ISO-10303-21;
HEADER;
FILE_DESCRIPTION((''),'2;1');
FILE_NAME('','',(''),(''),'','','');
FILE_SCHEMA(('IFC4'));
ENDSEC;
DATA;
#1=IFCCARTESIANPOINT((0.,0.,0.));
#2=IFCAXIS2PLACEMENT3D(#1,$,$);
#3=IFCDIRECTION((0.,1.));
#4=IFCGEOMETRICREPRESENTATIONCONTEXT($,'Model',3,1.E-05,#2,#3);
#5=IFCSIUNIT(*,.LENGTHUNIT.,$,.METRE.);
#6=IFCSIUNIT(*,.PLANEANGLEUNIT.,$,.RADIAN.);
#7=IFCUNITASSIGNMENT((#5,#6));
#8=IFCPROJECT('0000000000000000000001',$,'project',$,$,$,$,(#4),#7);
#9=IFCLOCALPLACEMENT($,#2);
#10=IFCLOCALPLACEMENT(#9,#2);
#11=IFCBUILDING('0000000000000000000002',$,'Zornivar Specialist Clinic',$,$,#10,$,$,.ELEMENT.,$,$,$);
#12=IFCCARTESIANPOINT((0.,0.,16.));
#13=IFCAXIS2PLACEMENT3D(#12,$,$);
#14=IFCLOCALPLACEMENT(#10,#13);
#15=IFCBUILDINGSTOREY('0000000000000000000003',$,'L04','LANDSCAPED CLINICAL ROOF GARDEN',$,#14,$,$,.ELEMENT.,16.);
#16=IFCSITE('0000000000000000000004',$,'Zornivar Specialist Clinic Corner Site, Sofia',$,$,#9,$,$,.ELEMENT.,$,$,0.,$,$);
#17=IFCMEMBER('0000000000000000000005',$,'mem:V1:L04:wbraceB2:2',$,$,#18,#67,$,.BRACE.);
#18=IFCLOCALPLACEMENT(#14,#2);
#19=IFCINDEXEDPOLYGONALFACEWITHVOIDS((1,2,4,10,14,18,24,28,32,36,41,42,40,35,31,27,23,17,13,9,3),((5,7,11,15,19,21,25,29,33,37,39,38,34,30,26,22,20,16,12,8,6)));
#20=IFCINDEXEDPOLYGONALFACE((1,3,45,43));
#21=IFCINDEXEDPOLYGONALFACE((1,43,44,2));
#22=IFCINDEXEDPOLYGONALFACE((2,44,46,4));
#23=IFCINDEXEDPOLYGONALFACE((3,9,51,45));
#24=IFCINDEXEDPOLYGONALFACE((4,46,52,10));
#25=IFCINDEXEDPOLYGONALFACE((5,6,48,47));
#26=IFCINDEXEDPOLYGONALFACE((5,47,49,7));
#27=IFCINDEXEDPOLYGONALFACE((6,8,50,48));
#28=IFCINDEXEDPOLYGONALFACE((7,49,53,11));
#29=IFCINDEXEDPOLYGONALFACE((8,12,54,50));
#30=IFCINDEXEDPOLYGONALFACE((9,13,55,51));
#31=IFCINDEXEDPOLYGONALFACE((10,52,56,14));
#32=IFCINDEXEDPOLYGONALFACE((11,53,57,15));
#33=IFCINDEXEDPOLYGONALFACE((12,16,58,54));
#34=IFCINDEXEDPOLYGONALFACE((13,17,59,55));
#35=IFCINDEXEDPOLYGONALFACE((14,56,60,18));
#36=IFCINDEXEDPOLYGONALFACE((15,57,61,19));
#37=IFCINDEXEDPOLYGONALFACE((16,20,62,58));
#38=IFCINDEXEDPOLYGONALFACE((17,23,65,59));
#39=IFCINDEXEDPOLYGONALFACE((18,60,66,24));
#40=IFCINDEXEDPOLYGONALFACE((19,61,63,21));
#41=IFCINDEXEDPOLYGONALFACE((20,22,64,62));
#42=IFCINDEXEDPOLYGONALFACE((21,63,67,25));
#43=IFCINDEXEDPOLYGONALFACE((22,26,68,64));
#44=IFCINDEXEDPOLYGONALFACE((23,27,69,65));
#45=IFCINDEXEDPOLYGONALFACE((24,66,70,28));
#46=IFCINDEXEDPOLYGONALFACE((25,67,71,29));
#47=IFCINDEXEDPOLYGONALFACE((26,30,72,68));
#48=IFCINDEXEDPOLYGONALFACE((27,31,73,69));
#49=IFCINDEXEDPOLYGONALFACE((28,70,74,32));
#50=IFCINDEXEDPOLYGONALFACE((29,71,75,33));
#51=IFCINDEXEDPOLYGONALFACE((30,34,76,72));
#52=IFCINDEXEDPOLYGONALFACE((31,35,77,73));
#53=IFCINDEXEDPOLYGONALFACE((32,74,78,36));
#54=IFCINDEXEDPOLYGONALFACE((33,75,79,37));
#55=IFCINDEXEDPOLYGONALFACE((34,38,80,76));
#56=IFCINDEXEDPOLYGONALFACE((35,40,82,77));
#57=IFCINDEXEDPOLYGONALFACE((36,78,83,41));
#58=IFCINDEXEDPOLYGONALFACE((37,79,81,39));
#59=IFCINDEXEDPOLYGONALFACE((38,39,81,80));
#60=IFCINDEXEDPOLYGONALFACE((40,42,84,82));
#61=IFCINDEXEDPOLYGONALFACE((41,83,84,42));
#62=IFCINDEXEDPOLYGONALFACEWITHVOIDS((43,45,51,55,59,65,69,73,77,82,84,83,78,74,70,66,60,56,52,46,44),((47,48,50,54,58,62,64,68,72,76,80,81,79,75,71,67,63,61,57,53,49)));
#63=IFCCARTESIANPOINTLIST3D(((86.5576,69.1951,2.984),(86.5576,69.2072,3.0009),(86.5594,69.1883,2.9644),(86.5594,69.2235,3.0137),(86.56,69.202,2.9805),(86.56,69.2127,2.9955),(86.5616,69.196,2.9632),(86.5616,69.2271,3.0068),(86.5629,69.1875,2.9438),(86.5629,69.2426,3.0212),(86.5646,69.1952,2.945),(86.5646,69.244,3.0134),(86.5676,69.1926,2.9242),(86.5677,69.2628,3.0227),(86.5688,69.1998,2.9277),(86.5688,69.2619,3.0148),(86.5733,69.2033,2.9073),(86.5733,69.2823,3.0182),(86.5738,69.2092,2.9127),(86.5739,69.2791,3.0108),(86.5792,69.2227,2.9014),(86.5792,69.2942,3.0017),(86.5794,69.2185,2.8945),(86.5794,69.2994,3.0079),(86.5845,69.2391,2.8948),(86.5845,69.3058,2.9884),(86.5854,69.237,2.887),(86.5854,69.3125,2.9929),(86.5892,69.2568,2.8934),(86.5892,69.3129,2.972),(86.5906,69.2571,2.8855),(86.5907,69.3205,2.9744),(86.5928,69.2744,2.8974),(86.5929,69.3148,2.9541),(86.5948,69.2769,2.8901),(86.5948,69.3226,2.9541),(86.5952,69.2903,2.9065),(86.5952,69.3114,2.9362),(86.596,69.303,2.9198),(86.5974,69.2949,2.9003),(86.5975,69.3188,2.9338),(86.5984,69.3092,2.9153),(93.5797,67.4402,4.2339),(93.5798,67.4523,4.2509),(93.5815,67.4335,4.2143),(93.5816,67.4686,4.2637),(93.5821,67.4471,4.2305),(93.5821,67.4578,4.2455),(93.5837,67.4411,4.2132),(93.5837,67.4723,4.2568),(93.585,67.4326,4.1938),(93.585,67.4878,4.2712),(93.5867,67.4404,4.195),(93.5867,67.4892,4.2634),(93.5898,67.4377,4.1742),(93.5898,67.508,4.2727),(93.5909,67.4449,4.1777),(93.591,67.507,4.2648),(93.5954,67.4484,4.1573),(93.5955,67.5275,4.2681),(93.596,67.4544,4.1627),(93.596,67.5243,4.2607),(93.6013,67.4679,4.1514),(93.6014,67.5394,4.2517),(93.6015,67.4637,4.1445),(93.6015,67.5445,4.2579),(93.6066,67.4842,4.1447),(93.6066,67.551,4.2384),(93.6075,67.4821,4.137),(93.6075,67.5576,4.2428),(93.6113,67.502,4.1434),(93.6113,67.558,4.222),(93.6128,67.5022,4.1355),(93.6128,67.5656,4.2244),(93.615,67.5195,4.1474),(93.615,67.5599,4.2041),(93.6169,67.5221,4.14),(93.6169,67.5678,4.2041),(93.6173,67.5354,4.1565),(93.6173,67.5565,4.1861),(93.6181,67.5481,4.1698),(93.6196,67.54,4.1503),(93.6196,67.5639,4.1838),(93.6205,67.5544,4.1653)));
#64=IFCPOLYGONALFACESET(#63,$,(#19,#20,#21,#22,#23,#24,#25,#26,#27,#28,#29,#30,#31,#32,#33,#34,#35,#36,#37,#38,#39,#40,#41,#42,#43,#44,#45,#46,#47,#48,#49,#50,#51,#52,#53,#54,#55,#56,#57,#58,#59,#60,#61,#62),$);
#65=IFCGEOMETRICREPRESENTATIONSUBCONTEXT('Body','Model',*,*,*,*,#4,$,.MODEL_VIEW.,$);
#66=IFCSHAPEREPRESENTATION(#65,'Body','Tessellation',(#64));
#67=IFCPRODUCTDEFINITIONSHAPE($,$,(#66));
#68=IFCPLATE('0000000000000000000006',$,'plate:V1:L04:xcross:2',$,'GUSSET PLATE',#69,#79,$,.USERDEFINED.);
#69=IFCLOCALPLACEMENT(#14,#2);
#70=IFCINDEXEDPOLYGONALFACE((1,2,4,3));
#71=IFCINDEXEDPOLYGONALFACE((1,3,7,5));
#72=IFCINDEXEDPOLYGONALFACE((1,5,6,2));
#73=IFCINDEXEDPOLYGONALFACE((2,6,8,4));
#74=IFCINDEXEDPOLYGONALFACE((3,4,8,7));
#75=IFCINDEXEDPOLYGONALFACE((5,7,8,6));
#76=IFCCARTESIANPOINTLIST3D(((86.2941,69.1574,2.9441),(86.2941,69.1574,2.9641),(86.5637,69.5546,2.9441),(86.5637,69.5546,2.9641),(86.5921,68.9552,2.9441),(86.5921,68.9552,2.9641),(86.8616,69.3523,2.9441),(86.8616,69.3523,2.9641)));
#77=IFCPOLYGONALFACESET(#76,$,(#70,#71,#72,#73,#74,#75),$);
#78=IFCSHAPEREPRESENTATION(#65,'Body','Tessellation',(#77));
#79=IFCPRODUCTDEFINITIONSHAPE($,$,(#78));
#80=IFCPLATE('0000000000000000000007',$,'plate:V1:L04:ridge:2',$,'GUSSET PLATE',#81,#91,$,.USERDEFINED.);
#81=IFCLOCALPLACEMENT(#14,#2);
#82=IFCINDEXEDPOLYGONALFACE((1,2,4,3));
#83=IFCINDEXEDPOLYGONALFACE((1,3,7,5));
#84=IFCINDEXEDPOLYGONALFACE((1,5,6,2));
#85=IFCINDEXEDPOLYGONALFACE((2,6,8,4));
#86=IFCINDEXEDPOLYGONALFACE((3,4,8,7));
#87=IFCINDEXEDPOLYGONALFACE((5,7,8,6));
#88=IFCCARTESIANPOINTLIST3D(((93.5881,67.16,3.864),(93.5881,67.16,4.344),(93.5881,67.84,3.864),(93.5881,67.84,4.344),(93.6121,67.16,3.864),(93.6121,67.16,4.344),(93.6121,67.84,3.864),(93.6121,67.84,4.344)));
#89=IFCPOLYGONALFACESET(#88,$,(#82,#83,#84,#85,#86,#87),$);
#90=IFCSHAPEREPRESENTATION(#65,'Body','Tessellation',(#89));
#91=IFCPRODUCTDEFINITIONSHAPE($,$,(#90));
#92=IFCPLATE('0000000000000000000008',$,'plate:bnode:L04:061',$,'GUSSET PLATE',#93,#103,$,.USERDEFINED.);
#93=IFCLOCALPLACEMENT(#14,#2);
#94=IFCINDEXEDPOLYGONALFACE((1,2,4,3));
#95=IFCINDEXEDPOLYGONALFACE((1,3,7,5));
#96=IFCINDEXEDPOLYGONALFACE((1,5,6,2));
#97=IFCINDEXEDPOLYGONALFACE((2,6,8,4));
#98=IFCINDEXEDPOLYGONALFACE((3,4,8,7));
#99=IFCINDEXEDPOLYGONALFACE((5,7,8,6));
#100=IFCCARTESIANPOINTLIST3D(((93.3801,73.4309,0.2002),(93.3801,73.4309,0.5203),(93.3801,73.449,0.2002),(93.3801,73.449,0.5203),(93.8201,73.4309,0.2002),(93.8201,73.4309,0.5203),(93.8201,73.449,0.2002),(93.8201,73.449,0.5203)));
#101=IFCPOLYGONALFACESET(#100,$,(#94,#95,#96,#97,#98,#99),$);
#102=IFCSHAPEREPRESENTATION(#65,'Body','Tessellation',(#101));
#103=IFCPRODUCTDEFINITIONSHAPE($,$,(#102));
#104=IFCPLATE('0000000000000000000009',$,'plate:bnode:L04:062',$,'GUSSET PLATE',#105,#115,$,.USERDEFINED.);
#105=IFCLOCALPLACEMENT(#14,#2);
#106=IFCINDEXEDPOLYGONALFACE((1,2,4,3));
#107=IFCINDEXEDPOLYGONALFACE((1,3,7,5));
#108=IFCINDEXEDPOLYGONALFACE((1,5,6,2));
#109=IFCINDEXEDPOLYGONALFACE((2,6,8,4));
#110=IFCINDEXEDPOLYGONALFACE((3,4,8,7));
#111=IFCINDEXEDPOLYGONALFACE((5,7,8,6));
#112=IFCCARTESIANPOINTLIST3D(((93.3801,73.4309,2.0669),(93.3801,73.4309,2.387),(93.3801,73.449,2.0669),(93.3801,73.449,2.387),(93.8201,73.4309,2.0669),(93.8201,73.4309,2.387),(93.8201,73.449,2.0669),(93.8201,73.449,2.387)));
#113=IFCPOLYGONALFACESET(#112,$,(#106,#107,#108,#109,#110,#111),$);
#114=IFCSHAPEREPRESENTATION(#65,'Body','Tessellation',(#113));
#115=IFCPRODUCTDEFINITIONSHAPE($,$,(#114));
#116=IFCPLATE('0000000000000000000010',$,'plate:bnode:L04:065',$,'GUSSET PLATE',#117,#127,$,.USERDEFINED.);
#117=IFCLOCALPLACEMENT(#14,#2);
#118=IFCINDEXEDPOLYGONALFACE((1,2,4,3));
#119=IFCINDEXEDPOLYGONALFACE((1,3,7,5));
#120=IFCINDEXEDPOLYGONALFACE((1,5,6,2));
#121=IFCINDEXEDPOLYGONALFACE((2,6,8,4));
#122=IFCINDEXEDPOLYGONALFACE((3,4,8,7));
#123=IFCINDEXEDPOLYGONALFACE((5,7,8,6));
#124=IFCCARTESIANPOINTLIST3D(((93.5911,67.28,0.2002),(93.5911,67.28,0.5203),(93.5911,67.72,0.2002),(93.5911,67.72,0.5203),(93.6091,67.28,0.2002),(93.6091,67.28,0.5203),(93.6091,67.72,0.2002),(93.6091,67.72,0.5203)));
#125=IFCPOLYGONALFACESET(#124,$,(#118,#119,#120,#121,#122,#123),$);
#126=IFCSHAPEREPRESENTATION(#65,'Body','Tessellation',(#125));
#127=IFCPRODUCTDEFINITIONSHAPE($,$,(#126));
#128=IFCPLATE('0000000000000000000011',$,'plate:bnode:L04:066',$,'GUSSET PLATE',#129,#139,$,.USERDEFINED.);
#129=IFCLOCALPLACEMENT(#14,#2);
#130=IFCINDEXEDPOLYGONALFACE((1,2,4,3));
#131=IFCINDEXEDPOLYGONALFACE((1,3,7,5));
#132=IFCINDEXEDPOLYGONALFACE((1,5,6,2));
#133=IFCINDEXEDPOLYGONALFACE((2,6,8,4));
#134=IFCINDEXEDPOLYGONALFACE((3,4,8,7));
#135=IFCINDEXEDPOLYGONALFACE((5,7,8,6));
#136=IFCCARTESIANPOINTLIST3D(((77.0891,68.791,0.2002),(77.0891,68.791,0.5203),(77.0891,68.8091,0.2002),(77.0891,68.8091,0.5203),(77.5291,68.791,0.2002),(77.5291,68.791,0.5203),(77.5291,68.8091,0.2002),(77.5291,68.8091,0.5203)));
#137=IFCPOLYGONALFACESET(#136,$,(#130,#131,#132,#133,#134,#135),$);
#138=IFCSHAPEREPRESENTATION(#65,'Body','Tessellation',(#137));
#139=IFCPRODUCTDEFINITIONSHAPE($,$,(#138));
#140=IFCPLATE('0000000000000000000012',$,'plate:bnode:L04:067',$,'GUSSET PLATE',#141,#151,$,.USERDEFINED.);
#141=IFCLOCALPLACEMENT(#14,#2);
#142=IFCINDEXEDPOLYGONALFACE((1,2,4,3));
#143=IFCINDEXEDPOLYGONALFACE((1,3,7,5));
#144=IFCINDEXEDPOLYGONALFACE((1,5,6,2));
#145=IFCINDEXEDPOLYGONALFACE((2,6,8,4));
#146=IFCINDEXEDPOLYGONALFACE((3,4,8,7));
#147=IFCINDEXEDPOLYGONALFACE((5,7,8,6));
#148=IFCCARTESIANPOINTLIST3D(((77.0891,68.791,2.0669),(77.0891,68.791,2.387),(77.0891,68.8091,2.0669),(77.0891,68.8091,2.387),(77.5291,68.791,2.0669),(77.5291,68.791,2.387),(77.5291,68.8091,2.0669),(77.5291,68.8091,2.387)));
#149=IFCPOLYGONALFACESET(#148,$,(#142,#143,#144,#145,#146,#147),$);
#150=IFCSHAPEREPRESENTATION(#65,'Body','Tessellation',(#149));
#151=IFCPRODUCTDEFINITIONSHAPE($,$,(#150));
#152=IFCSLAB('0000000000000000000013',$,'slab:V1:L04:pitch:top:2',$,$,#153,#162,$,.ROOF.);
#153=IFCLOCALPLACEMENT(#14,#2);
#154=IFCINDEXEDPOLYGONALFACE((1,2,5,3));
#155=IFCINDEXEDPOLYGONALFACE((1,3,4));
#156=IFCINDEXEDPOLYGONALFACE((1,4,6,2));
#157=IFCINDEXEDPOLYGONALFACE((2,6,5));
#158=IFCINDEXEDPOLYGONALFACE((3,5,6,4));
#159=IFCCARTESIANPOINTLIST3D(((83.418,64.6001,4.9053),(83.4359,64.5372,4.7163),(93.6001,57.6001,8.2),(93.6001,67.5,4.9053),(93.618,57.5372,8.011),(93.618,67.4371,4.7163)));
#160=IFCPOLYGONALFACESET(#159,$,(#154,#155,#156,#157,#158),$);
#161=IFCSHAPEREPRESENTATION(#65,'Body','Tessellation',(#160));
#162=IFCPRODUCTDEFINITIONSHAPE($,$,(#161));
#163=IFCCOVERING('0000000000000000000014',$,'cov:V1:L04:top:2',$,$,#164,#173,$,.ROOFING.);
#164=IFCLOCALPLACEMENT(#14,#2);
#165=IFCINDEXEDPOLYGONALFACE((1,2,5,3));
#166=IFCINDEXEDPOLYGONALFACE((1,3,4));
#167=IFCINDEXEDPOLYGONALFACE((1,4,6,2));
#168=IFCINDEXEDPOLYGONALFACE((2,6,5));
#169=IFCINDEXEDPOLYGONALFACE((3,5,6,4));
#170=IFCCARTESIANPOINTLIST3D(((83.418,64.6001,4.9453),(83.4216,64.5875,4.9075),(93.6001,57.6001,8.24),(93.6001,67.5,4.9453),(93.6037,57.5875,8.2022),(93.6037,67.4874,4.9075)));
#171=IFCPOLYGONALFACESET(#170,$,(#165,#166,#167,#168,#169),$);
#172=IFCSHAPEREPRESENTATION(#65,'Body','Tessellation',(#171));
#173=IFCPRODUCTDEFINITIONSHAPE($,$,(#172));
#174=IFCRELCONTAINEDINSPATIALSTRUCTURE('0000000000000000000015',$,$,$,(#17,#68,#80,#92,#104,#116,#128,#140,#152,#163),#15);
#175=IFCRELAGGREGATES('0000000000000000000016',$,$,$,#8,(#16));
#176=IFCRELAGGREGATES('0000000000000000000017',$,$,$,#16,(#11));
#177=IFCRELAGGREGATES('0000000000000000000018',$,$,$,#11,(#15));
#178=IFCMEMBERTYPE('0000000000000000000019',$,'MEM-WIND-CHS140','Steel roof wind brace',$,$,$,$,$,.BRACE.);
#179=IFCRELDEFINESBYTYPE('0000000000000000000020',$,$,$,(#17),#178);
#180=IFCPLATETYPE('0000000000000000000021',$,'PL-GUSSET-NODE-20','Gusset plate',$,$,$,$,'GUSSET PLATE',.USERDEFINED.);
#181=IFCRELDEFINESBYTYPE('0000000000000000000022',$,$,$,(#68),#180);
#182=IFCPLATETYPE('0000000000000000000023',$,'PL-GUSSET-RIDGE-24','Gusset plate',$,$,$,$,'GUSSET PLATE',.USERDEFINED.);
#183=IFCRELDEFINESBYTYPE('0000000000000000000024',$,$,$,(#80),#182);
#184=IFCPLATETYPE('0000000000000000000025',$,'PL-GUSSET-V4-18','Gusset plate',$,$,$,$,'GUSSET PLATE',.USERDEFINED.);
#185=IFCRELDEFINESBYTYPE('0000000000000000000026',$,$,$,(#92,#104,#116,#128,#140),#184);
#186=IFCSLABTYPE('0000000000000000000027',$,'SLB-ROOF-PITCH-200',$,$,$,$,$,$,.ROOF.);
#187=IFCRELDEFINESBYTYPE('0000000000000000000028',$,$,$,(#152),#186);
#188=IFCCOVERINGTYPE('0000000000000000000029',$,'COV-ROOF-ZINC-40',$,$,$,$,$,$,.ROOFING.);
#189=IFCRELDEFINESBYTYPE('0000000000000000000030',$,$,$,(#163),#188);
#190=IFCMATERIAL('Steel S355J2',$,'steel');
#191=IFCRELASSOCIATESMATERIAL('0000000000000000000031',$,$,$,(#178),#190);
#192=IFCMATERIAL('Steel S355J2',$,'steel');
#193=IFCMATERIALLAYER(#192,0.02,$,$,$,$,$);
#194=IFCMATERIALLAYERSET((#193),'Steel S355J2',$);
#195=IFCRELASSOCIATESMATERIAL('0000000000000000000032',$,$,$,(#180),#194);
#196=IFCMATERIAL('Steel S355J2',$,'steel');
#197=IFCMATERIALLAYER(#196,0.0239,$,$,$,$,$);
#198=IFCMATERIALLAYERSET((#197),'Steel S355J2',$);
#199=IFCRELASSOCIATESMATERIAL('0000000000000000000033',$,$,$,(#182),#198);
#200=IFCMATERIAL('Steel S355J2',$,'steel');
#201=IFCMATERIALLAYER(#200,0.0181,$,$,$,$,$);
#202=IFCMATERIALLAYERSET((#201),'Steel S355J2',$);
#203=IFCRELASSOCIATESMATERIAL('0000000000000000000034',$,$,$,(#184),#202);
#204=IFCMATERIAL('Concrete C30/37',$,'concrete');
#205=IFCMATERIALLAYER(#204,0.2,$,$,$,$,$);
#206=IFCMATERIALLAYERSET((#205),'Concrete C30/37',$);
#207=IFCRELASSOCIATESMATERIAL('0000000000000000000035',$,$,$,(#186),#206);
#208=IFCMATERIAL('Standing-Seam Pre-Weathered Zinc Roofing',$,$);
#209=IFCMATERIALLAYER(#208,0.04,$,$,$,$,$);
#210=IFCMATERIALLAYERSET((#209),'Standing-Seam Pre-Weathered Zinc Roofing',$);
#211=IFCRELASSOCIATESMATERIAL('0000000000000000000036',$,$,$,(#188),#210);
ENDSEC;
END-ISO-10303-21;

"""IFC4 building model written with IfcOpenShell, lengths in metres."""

from ifc_helpers import new_model, si_unit, direction, frame, origin, origin_2d, place, context, subcontext, project, spatial, polyline, rectangle, hollow_circle, outline, extrude, material, layer, layer_set, material_profile, profile_set, type_object, element, save


model = new_model("IFC4")

# Units and contexts
model_context = context("Model", 3, precision=1e-05, world=origin(), true_north=direction((0.0, 1.0)))
body_context = subcontext(model_context, "Body", "Model", "MODEL_VIEW")
ifc_project = project(units=[si_unit("LENGTHUNIT", "METRE"), si_unit("PLANEANGLEUNIT", "RADIAN")], contexts=[model_context])

# Site, building, storey
site_placement = place(None, origin())
site = spatial("IfcSite", under=ifc_project, at=site_placement, Name="Zornivar Specialist Clinic Corner Site, Sofia", CompositionType="ELEMENT", RefElevation=0.0)
building_placement = place(site_placement, origin())
building = spatial("IfcBuilding", under=site, at=building_placement, Name="Zornivar Specialist Clinic", CompositionType="ELEMENT")
storey_placement = place(building_placement, frame((0.0, 0.0, 16.0)))
storey = spatial("IfcBuildingStorey", under=building, at=storey_placement, Name="L04", Description="LANDSCAPED CLINICAL ROOF GARDEN", CompositionType="ELEMENT", Elevation=16.0)

# Member
ifc_material_1 = material(Name="Steel S355J2", Category="steel")
ifc_material_profile_1 = material_profile(ifc_material_1, hollow_circle(Radius=0.0698, WallThickness=0.0081, at=origin_2d()), Name="CHS 139.7x8")
ifc_profile_set_1 = profile_set([ifc_material_profile_1], Name="Steel S355J2")
member_type_1 = type_object("IfcMemberType", Name="MEM-WIND-CHS140", Description="Steel roof wind brace", PredefinedType="BRACE", material=ifc_profile_set_1)
member_1_placement = place(storey_placement, frame((86.5779, 69.2549, 2.9541), z_axis=(0.956013, -0.238912, 0.170177), x_axis=(0.242448, 0.970164, 0.0)))
element("IfcMember", 1, at=member_1_placement, inside=storey, type_object=member_type_1, Name="mem:V1:L04:wbraceB2:2", PredefinedType="BRACE", context=body_context, shape_type="SweptSolid", body=[
    extrude(hollow_circle(Radius=0.0698, WallThickness=0.0081, at=origin_2d()), origin(), (0.0, 0.0, 1.0), 7.3452),
])

# Plates
ifc_material_2 = material(Name="Steel S355J2", Category="steel")
ifc_layer_1 = layer(ifc_material_2, 0.02)
ifc_layer_set_1 = layer_set([ifc_layer_1], Name="Steel S355J2")
plate_type_1 = type_object("IfcPlateType", Name="PL-GUSSET-NODE-20", Description="Gusset plate", ElementType="GUSSET PLATE", PredefinedType="USERDEFINED", material=ifc_layer_set_1)
plate_1_placement = place(storey_placement, frame((86.5779, 69.2549, 2.9441), z_axis=(0.0, 0.0, 1.0), x_axis=(0.56165, 0.827375, 0.0)))
element("IfcPlate", 2, at=plate_1_placement, inside=storey, type_object=plate_type_1, Name="plate:V1:L04:xcross:2", ObjectType="GUSSET PLATE", PredefinedType="USERDEFINED", context=body_context, shape_type="SweptSolid", body=[
    extrude(rectangle(XDim=0.48, YDim=0.3601, at=origin_2d()), origin(), (0.0, 0.0, 1.0), 0.02),
])
ifc_material_3 = material(Name="Steel S355J2", Category="steel")
ifc_layer_2 = layer(ifc_material_3, 0.0239)
ifc_layer_set_2 = layer_set([ifc_layer_2], Name="Steel S355J2")
plate_type_2 = type_object("IfcPlateType", Name="PL-GUSSET-RIDGE-24", Description="Gusset plate", ElementType="GUSSET PLATE", PredefinedType="USERDEFINED", material=ifc_layer_set_2)
plate_2_placement = place(storey_placement, frame((93.6001, 67.5, 3.864), z_axis=(0.0, 0.0, 1.0), x_axis=(0.0, 1.0, 0.0)))
element("IfcPlate", 3, at=plate_2_placement, inside=storey, type_object=plate_type_2, Name="plate:V1:L04:ridge:2", ObjectType="GUSSET PLATE", PredefinedType="USERDEFINED", context=body_context, shape_type="SweptSolid", body=[
    extrude(rectangle(XDim=0.6799, YDim=0.0239, at=origin_2d()), origin(), (0.0, 0.0, 1.0), 0.48),
])
ifc_material_4 = material(Name="Steel S355J2", Category="steel")
ifc_layer_3 = layer(ifc_material_4, 0.0181)
ifc_layer_set_3 = layer_set([ifc_layer_3], Name="Steel S355J2")
plate_type_3 = type_object("IfcPlateType", Name="PL-GUSSET-V4-18", Description="Gusset plate", ElementType="GUSSET PLATE", PredefinedType="USERDEFINED", material=ifc_layer_set_3)
for number, where, z_axis, x_axis, name in (
    (4, (93.6001, 73.4399, 0.2002), (0.0, 0.0, 1.0), (1.0, 0.0, 0.0), "plate:bnode:L04:061"),
    (5, (93.6001, 73.4399, 2.0669), (0.0, 0.0, 1.0), (1.0, 0.0, 0.0), "plate:bnode:L04:062"),
    (6, (93.6001, 67.5, 0.2002), (0.0, 0.0, 1.0), (0.0, 1.0, 0.0), "plate:bnode:L04:065"),
    (7, (77.3091, 68.8, 0.2002), (0.0, 0.0, 1.0), (1.0, 0.0, 0.0), "plate:bnode:L04:066"),
    (8, (77.3091, 68.8, 2.0669), (0.0, 0.0, 1.0), (1.0, 0.0, 0.0), "plate:bnode:L04:067"),
):
    element("IfcPlate", number, at=place(storey_placement, frame(where, z_axis=z_axis, x_axis=x_axis)), inside=storey, type_object=plate_type_3, Name=name, ObjectType="GUSSET PLATE", PredefinedType="USERDEFINED", context=body_context, shape_type="SweptSolid", body=[
        extrude(rectangle(XDim=0.4399, YDim=0.0181, at=origin_2d()), origin(), (0.0, 0.0, 1.0), 0.3201),
    ])

# Slab
ifc_material_5 = material(Name="Concrete C30/37", Category="concrete")
ifc_layer_4 = layer(ifc_material_5, 0.2)
ifc_layer_set_4 = layer_set([ifc_layer_4], Name="Concrete C30/37")
slab_type = type_object("IfcSlabType", Name="SLB-ROOF-PITCH-200", PredefinedType="ROOF", material=ifc_layer_set_4)
slab_placement = place(storey_placement, frame((93.6001, 67.5, 4.9053), z_axis=(-0.089571, 0.314502, 0.945021), x_axis=(-0.961755, -0.273911, 0.0)))
element("IfcSlab", 9, at=slab_placement, inside=storey, type_object=slab_type, Name="slab:V1:L04:pitch:top:2", PredefinedType="ROOF", context=body_context, shape_type="SweptSolid", body=[
    extrude(outline(polyline([(0.0, 0.0), (10.587, 0.0), (2.7117, 10.0752), (0.0, 0.0)])), origin(), (0.0, 0.0, -1.0), 0.2),
])

# Covering
ifc_material_6 = material(Name="Standing-Seam Pre-Weathered Zinc Roofing")
ifc_layer_5 = layer(ifc_material_6, 0.04)
ifc_layer_set_5 = layer_set([ifc_layer_5], Name="Standing-Seam Pre-Weathered Zinc Roofing")
covering_type = type_object("IfcCoveringType", Name="COV-ROOF-ZINC-40", PredefinedType="ROOFING", material=ifc_layer_set_5)
covering_placement = place(storey_placement, frame((93.6001, 67.5, 4.9453), z_axis=(-0.089571, 0.314502, 0.945021), x_axis=(-0.961755, -0.273911, 0.0)))
element("IfcCovering", 10, at=covering_placement, inside=storey, type_object=covering_type, Name="cov:V1:L04:top:2", PredefinedType="ROOFING", context=body_context, shape_type="SweptSolid", body=[
    extrude(outline(polyline([(0.0, 0.0), (10.587, 0.0), (2.7117, 10.0752), (0.0, 0.0)])), origin(), (0.0, 0.0, -1.0), 0.04),
])

save(model, "model.ifc")
